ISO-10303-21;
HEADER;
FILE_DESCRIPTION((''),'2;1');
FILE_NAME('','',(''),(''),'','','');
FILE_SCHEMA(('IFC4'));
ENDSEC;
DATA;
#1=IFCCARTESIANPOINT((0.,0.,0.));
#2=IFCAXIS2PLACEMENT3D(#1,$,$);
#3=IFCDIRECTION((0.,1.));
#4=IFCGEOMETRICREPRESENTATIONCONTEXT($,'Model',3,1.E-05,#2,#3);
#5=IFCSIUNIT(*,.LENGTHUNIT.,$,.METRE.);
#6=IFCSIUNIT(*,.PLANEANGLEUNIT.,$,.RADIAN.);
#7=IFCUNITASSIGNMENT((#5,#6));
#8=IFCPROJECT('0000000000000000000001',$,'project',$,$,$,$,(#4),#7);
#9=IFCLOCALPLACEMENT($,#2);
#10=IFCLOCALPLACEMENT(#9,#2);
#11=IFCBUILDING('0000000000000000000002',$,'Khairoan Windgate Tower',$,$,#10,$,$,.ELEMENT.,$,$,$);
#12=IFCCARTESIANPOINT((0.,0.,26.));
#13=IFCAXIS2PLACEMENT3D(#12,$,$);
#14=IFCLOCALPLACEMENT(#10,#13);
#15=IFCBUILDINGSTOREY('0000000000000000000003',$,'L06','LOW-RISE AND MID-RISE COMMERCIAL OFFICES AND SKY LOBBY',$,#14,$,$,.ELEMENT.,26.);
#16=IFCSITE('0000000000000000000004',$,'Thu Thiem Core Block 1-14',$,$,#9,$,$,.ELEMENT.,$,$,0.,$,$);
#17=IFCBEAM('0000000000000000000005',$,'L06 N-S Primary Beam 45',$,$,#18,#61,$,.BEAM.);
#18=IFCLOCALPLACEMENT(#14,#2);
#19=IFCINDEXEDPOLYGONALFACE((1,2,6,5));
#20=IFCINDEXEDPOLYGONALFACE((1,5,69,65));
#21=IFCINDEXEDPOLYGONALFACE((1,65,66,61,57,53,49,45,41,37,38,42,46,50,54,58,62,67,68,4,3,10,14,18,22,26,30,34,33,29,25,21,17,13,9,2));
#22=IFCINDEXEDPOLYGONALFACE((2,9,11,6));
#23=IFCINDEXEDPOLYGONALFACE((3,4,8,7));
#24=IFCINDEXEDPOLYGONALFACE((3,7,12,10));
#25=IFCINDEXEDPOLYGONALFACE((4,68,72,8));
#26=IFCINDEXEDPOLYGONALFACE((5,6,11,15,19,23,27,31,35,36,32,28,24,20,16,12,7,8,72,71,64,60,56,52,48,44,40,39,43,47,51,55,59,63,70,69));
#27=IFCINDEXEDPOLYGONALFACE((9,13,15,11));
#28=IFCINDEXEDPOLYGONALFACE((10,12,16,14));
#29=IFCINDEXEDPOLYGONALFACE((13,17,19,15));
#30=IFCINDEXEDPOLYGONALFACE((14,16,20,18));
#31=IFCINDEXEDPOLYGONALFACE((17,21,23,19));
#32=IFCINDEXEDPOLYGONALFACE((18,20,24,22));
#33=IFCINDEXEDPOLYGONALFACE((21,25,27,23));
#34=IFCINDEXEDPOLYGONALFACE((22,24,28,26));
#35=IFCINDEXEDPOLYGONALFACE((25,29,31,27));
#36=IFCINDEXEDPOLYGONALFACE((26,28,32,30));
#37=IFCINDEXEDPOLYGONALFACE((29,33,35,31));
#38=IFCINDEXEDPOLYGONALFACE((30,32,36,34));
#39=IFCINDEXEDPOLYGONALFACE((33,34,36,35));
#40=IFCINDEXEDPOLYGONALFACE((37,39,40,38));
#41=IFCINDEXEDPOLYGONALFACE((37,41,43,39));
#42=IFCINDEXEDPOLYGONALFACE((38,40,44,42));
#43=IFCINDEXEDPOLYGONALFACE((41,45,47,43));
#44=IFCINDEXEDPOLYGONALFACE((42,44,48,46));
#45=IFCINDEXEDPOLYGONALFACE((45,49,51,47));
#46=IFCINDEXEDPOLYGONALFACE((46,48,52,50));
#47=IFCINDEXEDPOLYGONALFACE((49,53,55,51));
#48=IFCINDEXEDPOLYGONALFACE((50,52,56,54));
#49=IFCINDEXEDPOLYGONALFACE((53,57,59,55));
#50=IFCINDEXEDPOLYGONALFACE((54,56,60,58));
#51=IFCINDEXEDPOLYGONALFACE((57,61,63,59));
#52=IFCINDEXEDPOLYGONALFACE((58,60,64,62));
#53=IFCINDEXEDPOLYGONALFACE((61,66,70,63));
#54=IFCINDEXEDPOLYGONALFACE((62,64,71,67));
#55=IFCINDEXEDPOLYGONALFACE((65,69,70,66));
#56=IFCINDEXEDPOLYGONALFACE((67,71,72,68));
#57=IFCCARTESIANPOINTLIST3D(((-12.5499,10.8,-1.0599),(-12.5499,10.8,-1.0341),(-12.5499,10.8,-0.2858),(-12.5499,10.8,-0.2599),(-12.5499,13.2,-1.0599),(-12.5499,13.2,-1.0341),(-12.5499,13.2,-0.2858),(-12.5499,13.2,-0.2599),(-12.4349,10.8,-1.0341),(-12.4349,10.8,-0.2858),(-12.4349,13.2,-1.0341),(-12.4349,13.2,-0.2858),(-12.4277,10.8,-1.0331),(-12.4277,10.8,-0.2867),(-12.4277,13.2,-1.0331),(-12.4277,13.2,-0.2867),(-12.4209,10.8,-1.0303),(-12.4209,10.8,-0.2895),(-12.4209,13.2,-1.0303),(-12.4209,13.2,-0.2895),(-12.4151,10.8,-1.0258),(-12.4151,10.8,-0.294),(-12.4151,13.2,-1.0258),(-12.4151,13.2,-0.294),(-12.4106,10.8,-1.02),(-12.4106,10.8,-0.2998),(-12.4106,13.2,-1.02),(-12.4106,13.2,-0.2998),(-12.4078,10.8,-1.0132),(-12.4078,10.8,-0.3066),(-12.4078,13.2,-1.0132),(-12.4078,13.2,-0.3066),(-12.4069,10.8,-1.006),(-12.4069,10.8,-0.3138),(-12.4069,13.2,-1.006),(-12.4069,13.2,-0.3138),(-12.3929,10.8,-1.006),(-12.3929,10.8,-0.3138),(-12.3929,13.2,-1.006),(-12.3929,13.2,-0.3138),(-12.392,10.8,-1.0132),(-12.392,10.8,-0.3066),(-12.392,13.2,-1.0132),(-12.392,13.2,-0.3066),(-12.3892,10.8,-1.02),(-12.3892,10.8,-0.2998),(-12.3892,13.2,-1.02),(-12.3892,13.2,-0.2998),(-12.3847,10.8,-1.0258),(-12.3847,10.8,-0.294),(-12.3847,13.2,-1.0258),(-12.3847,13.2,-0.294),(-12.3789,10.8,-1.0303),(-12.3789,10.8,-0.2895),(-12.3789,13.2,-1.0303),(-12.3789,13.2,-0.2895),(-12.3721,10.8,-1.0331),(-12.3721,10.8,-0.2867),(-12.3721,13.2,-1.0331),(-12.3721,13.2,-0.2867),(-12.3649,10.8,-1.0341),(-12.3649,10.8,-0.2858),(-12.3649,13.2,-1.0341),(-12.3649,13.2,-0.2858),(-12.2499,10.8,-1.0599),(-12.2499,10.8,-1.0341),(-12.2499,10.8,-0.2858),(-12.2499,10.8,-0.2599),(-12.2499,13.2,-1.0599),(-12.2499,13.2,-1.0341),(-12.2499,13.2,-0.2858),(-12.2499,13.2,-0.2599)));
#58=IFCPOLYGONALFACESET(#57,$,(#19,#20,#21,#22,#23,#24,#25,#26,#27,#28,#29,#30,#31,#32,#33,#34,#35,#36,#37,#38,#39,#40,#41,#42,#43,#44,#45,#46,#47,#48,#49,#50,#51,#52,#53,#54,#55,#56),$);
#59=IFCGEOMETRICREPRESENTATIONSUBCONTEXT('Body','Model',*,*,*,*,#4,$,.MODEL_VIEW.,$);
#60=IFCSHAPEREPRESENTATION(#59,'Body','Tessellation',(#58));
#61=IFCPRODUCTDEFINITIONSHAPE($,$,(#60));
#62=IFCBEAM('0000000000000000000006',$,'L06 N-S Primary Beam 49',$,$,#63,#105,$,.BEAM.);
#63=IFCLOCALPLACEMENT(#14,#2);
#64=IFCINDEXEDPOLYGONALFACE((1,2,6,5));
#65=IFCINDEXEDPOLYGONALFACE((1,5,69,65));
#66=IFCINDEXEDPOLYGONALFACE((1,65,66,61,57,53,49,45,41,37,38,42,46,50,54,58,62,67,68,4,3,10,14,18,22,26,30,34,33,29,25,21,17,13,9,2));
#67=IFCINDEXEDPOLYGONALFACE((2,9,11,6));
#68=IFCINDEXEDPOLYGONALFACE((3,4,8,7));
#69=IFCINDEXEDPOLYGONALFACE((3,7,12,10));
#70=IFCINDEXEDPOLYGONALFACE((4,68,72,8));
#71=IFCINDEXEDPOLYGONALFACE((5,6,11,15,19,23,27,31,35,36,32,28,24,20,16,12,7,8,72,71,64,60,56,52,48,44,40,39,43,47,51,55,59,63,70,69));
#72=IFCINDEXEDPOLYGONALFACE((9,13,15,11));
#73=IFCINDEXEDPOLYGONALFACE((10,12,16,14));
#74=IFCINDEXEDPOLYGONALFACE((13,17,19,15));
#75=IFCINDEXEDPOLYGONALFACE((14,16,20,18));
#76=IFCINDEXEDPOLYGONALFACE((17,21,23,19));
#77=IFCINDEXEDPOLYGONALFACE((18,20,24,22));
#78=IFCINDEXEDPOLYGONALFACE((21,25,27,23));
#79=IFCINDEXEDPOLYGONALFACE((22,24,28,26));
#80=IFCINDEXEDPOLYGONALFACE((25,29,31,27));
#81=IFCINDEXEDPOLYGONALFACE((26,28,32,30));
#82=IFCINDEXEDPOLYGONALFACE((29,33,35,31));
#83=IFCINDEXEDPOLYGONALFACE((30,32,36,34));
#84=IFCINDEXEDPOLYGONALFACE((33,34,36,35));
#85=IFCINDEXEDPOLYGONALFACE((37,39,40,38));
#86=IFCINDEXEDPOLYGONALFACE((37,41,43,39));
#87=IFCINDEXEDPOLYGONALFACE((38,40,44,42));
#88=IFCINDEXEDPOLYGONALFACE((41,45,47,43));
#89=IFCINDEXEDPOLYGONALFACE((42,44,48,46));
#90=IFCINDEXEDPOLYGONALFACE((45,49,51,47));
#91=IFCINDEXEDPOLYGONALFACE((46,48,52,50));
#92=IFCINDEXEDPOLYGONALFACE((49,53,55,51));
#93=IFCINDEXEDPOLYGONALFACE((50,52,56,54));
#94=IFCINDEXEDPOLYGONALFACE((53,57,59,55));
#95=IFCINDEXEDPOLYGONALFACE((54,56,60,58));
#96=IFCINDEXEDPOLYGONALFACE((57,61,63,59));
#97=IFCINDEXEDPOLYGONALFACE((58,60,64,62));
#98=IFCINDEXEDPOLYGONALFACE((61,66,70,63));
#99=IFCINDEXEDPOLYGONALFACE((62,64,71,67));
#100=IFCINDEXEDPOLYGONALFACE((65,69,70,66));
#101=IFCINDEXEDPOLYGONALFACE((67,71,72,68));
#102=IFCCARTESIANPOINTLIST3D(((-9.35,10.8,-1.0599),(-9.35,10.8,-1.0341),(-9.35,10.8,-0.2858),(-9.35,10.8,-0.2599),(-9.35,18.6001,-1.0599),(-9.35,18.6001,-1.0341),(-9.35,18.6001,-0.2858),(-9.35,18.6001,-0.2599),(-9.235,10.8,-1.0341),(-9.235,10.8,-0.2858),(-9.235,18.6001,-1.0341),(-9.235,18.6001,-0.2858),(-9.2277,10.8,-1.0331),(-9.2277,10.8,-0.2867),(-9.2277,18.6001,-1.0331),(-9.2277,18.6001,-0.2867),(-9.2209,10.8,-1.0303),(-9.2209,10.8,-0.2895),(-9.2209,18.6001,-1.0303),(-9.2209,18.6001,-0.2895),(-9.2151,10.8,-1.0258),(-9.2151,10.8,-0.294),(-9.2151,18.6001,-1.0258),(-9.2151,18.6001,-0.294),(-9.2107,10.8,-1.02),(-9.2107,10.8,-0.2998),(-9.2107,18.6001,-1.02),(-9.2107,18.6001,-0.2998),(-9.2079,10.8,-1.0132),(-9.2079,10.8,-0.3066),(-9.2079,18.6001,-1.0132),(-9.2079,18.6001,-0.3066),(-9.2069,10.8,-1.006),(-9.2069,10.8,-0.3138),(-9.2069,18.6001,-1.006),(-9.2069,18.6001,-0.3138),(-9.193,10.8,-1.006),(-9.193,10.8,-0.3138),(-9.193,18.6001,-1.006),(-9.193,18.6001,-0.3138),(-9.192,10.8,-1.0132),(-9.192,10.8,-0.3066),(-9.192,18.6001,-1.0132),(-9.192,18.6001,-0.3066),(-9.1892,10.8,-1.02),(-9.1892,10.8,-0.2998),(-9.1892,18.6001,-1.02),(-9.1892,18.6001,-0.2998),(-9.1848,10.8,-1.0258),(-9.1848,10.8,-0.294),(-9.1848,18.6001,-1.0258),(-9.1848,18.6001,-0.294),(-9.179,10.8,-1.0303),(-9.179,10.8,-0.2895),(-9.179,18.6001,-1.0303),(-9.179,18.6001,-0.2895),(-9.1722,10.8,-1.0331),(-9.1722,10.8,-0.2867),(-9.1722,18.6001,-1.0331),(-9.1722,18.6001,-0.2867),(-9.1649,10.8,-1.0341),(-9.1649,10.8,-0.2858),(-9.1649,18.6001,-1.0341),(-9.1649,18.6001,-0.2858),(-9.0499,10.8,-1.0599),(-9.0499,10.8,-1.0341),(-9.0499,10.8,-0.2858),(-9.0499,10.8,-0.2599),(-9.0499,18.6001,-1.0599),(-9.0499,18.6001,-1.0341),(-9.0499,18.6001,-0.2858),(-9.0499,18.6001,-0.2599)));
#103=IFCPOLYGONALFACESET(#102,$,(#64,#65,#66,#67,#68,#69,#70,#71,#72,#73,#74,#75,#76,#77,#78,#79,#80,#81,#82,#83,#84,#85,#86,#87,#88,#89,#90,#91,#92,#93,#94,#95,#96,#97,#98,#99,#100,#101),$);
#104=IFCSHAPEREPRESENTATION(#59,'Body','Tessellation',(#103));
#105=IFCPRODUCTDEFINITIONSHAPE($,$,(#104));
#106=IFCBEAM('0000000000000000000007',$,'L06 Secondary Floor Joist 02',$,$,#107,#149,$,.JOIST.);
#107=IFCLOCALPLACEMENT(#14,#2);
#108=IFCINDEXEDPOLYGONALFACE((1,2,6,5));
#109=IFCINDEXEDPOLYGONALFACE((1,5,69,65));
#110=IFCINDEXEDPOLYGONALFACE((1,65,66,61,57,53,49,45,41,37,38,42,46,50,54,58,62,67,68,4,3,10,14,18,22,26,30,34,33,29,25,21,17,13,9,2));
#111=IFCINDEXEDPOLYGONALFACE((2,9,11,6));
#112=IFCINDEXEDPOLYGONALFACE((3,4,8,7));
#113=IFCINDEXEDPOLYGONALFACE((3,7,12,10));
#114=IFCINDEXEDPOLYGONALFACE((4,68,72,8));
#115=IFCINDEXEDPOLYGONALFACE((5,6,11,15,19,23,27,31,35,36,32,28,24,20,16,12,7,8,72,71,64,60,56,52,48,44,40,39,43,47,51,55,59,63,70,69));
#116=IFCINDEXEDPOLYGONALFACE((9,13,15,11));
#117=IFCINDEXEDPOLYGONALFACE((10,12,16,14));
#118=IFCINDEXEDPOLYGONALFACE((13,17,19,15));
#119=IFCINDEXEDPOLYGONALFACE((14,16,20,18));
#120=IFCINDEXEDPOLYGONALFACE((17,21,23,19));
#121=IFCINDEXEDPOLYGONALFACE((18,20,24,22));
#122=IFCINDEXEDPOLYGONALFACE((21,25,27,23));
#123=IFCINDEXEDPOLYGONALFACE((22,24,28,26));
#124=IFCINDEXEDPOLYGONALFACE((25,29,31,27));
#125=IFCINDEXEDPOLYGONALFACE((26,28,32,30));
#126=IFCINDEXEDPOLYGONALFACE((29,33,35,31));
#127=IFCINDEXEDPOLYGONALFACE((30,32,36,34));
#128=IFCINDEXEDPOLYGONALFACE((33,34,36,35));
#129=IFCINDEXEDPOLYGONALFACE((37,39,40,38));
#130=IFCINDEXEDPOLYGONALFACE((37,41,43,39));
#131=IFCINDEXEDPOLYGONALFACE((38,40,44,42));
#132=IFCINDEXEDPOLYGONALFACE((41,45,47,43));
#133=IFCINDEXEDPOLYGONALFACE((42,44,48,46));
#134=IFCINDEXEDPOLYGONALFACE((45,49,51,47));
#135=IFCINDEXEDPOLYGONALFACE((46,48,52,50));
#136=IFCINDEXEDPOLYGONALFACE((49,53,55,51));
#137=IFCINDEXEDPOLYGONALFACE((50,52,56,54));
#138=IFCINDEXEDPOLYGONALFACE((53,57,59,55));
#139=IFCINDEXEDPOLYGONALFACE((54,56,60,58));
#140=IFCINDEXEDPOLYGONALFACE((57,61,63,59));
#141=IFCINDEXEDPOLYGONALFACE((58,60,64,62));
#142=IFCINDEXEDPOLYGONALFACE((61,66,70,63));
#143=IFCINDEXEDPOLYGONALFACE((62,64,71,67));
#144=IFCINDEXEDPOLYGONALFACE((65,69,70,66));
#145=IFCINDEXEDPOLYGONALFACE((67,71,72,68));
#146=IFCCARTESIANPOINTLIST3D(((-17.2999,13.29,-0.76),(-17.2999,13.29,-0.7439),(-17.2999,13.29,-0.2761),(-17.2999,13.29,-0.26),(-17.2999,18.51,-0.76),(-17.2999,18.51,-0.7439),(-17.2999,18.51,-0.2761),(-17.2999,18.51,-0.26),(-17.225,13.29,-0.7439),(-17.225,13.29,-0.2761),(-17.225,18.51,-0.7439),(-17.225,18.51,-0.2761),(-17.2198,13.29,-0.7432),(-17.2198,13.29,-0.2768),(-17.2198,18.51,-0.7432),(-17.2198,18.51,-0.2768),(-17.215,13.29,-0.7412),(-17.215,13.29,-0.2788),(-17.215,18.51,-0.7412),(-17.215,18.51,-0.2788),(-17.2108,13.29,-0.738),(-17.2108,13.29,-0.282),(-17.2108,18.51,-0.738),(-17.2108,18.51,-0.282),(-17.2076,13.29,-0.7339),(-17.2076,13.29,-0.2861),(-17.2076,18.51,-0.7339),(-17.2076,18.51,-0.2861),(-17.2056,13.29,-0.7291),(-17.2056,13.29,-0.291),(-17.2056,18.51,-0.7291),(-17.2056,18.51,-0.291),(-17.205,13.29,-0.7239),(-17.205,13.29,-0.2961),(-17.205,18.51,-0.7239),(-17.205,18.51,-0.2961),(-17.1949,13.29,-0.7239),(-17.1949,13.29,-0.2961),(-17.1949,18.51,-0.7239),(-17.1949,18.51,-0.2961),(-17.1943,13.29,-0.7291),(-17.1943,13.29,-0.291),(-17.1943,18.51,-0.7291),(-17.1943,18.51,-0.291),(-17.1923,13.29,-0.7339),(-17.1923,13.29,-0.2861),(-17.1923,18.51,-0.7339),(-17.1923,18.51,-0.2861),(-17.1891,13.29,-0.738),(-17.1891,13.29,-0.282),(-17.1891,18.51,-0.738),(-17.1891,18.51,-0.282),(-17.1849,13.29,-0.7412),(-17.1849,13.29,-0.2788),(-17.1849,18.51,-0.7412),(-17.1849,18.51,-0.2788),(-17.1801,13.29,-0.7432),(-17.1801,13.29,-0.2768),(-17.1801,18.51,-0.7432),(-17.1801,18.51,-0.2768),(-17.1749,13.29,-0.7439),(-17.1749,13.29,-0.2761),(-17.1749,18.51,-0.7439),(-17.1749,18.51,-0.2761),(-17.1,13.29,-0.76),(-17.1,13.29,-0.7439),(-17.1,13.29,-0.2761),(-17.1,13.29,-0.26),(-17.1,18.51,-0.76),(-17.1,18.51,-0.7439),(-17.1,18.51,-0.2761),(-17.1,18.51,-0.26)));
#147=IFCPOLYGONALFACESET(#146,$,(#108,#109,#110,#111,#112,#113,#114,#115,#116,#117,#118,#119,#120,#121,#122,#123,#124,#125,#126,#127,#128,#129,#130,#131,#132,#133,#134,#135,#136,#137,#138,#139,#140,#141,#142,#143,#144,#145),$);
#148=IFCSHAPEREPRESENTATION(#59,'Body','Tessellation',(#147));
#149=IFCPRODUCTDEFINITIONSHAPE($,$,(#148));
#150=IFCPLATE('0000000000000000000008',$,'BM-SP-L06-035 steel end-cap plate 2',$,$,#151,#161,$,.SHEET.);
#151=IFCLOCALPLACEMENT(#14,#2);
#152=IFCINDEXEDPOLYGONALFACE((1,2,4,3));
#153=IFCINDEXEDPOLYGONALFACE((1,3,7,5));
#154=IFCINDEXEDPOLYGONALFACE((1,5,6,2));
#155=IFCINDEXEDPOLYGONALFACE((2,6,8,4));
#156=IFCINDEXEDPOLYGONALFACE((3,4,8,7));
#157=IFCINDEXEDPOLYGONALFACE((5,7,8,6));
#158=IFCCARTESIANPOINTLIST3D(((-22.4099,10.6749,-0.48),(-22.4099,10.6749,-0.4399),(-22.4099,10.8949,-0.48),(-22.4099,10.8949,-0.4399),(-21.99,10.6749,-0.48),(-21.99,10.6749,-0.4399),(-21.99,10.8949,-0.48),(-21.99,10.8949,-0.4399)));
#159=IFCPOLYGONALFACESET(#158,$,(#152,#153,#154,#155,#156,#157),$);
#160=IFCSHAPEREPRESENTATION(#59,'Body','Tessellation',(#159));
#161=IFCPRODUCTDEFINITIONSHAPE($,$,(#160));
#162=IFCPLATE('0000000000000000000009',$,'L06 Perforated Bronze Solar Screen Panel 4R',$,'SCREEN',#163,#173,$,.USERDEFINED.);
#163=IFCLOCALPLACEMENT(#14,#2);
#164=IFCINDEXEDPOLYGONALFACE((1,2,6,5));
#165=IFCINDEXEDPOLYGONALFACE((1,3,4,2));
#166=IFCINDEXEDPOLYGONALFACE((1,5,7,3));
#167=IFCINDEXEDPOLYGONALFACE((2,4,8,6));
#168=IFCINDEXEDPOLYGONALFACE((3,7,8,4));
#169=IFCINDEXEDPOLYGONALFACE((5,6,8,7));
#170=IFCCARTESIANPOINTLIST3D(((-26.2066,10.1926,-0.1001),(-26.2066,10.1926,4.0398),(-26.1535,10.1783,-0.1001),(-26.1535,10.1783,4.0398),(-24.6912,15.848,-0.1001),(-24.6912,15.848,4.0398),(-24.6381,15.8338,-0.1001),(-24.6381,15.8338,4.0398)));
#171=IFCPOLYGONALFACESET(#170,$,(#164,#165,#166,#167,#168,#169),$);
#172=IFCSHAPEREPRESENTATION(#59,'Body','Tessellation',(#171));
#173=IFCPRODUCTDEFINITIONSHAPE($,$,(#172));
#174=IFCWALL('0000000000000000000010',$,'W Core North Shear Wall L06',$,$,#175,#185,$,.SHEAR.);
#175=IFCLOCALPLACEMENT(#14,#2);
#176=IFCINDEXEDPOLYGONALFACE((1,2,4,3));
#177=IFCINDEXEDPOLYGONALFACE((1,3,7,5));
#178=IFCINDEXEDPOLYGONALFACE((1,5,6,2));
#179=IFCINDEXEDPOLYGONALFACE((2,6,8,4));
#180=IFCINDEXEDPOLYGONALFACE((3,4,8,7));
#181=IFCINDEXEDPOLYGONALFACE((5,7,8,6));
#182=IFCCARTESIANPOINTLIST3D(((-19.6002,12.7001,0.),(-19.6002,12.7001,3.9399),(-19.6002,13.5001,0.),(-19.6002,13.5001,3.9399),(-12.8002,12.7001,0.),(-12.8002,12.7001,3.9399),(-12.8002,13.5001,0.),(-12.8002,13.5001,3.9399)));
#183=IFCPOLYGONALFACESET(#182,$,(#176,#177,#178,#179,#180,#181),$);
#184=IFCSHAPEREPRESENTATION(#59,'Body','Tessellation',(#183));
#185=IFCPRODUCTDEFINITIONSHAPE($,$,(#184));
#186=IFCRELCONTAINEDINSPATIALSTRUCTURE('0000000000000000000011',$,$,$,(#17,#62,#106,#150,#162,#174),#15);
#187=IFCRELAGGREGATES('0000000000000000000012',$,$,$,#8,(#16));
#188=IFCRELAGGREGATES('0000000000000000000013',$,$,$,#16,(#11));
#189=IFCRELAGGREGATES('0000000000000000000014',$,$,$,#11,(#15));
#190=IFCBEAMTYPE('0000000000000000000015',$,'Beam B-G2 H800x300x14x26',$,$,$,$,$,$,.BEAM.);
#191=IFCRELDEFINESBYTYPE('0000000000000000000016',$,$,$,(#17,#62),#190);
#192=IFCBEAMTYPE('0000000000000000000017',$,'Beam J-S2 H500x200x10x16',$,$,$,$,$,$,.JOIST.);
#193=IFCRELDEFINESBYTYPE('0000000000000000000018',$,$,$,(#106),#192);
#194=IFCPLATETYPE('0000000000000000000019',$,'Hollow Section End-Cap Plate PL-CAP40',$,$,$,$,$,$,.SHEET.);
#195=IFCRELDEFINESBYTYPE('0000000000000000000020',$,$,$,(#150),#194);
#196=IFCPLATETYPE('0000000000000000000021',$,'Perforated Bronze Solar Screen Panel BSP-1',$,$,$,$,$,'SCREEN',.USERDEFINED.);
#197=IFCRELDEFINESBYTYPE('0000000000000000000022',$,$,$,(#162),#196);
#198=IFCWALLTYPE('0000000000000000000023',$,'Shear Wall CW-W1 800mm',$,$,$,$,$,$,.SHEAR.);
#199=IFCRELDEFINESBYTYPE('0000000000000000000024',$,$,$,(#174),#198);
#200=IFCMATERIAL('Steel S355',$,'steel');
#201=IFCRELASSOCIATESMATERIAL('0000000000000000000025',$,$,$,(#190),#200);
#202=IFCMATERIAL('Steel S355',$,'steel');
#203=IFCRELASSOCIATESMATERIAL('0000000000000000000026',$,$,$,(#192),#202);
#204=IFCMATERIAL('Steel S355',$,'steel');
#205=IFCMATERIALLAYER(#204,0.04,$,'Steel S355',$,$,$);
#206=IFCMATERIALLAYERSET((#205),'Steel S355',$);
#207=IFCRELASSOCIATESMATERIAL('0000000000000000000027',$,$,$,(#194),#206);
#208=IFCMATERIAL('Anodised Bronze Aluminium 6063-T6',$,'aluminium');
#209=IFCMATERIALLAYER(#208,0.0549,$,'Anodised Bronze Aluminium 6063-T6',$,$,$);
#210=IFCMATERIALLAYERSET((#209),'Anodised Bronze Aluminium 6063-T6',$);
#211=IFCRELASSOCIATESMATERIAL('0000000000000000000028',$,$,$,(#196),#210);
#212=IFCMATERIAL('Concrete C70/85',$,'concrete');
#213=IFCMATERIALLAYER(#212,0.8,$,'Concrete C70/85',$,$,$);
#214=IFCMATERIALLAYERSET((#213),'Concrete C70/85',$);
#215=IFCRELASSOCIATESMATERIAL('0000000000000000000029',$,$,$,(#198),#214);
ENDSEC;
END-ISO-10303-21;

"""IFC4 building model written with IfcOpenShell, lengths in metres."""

from ifc_helpers import new_model, si_unit, direction, frame, frame_2d, origin, origin_2d, place, context, subcontext, project, spatial, rectangle, i_section, extrude, material, layer, layer_set, material_profile, profile_set, type_object, element, save


model = new_model("IFC4")

# Units and contexts
model_context = context("Model", 3, precision=1e-05, world=origin(), true_north=direction((0.0, 1.0)))
body_context = subcontext(model_context, "Body", "Model", "MODEL_VIEW")
ifc_project = project(units=[si_unit("LENGTHUNIT", "METRE"), si_unit("PLANEANGLEUNIT", "RADIAN")], contexts=[model_context])

# Site, building, storey
site_placement = place(None, origin())
site = spatial("IfcSite", under=ifc_project, at=site_placement, Name="Thu Thiem Core Block 1-14", CompositionType="ELEMENT", RefElevation=0.0)
building_placement = place(site_placement, origin())
building = spatial("IfcBuilding", under=site, at=building_placement, Name="Khairoan Windgate Tower", CompositionType="ELEMENT")
storey_placement = place(building_placement, frame((0.0, 0.0, 26.0)))
storey = spatial("IfcBuildingStorey", under=building, at=storey_placement, Name="L06", Description="LOW-RISE AND MID-RISE COMMERCIAL OFFICES AND SKY LOBBY", CompositionType="ELEMENT", Elevation=26.0)

# Beams
ifc_material_1 = material(Name="Steel S355", Category="steel")
ifc_material_profile_1 = material_profile(ifc_material_1, i_section(OverallWidth=0.3, OverallDepth=0.8, WebThickness=0.0139, FlangeThickness=0.0259, FilletRadius=0.0281, at=origin_2d()))
ifc_profile_set_1 = profile_set([ifc_material_profile_1], Name="Steel S355")
beam_type_1 = type_object("IfcBeamType", Name="Beam B-G2 H800x300x14x26", PredefinedType="BEAM", material=ifc_profile_set_1)
beam_1_placement = place(storey_placement, frame((-12.3999, 10.8, -0.6599), z_axis=(0.0, 1.0, 0.0), x_axis=(-1.0, 0.0, 0.0)))
element("IfcBeam", 1, at=beam_1_placement, inside=storey, type_object=beam_type_1, Name="L06 N-S Primary Beam 45", PredefinedType="BEAM", context=body_context, shape_type="SweptSolid", body=[
    extrude(i_section(OverallWidth=0.3, OverallDepth=0.8, WebThickness=0.0139, FlangeThickness=0.0259, FilletRadius=0.0281, at=origin_2d()), origin(), (0.0, 0.0, 1.0), 2.3999),
])
beam_2_placement = place(storey_placement, frame((-9.2, 10.8, -0.6599), z_axis=(0.0, 1.0, 0.0), x_axis=(-1.0, 0.0, 0.0)))
element("IfcBeam", 2, at=beam_2_placement, inside=storey, type_object=beam_type_1, Name="L06 N-S Primary Beam 49", PredefinedType="BEAM", context=body_context, shape_type="SweptSolid", body=[
    extrude(i_section(OverallWidth=0.3, OverallDepth=0.8, WebThickness=0.0139, FlangeThickness=0.0259, FilletRadius=0.0281, at=origin_2d()), origin(), (0.0, 0.0, 1.0), 7.8),
])
ifc_material_2 = material(Name="Steel S355", Category="steel")
ifc_material_profile_2 = material_profile(ifc_material_2, i_section(OverallWidth=0.2, OverallDepth=0.5, WebThickness=0.01, FlangeThickness=0.0161, FilletRadius=0.02, at=origin_2d()))
ifc_profile_set_2 = profile_set([ifc_material_profile_2], Name="Steel S355")
beam_type_2 = type_object("IfcBeamType", Name="Beam J-S2 H500x200x10x16", PredefinedType="JOIST", material=ifc_profile_set_2)
beam_3_placement = place(storey_placement, frame((-17.2, 13.29, -0.51), z_axis=(0.0, 1.0, 0.0), x_axis=(-1.0, 0.0, 0.0)))
element("IfcBeam", 3, at=beam_3_placement, inside=storey, type_object=beam_type_2, Name="L06 Secondary Floor Joist 02", PredefinedType="JOIST", context=body_context, shape_type="SweptSolid", body=[
    extrude(i_section(OverallWidth=0.2, OverallDepth=0.5, WebThickness=0.01, FlangeThickness=0.0161, FilletRadius=0.02, at=origin_2d()), origin(), (0.0, 0.0, 1.0), 5.22),
])

# Plates
ifc_material_3 = material(Name="Steel S355", Category="steel")
ifc_layer_1 = layer(ifc_material_3, 0.04, Name="Steel S355")
ifc_layer_set_1 = layer_set([ifc_layer_1], Name="Steel S355")
plate_type_1 = type_object("IfcPlateType", Name="Hollow Section End-Cap Plate PL-CAP40", PredefinedType="SHEET", material=ifc_layer_set_1)
plate_1_placement = place(storey_placement, frame((-22.2, 10.7849, -0.48), z_axis=(0.0, 0.0, 1.0), x_axis=(0.0, 1.0, 0.0)))
element("IfcPlate", 4, at=plate_1_placement, inside=storey, type_object=plate_type_1, Name="BM-SP-L06-035 steel end-cap plate 2", PredefinedType="SHEET", context=body_context, shape_type="SweptSolid", body=[
    extrude(rectangle(XDim=0.22, YDim=0.4199, at=origin_2d()), origin(), (0.0, 0.0, 1.0), 0.04),
])
ifc_material_4 = material(Name="Anodised Bronze Aluminium 6063-T6", Category="aluminium")
ifc_layer_2 = layer(ifc_material_4, 0.0549, Name="Anodised Bronze Aluminium 6063-T6")
ifc_layer_set_2 = layer_set([ifc_layer_2], Name="Anodised Bronze Aluminium 6063-T6")
plate_type_2 = type_object("IfcPlateType", Name="Perforated Bronze Solar Screen Panel BSP-1", ElementType="SCREEN", PredefinedType="USERDEFINED", material=ifc_layer_set_2)
plate_2_placement = place(storey_placement, frame((-25.4224, 13.0132, -0.1001), z_axis=(0.0, 0.0, 1.0), x_axis=(0.258819, 0.965926, 0.0)))
element("IfcPlate", 5, at=plate_2_placement, inside=storey, type_object=plate_type_2, Name="L06 Perforated Bronze Solar Screen Panel 4R", ObjectType="SCREEN", PredefinedType="USERDEFINED", context=body_context, shape_type="SweptSolid", body=[
    extrude(rectangle(XDim=5.855, YDim=0.0549, at=origin_2d()), origin(), (0.0, 0.0, 1.0), 4.1399),
])

# Wall
ifc_material_5 = material(Name="Concrete C70/85", Category="concrete")
ifc_layer_3 = layer(ifc_material_5, 0.8, Name="Concrete C70/85")
ifc_layer_set_3 = layer_set([ifc_layer_3], Name="Concrete C70/85")
wall_type_1 = type_object("IfcWallType", Name="Shear Wall CW-W1 800mm", PredefinedType="SHEAR", material=ifc_layer_set_3)
wall_1_placement = place(storey_placement, frame((-19.6001, 13.1001, 0.0), z_axis=(0.0, 0.0, 1.0), x_axis=(1.0, 0.0, 0.0)))
element("IfcWall", 6, at=wall_1_placement, inside=storey, type_object=wall_type_1, Name="W Core North Shear Wall L06", PredefinedType="SHEAR", context=body_context, shape_type="SweptSolid", body=[
    extrude(rectangle(XDim=6.8, YDim=0.8, at=frame_2d((3.3999, 0.0))), origin(), (0.0, 0.0, 1.0), 3.9399),
])

save(model, "model.ifc")
